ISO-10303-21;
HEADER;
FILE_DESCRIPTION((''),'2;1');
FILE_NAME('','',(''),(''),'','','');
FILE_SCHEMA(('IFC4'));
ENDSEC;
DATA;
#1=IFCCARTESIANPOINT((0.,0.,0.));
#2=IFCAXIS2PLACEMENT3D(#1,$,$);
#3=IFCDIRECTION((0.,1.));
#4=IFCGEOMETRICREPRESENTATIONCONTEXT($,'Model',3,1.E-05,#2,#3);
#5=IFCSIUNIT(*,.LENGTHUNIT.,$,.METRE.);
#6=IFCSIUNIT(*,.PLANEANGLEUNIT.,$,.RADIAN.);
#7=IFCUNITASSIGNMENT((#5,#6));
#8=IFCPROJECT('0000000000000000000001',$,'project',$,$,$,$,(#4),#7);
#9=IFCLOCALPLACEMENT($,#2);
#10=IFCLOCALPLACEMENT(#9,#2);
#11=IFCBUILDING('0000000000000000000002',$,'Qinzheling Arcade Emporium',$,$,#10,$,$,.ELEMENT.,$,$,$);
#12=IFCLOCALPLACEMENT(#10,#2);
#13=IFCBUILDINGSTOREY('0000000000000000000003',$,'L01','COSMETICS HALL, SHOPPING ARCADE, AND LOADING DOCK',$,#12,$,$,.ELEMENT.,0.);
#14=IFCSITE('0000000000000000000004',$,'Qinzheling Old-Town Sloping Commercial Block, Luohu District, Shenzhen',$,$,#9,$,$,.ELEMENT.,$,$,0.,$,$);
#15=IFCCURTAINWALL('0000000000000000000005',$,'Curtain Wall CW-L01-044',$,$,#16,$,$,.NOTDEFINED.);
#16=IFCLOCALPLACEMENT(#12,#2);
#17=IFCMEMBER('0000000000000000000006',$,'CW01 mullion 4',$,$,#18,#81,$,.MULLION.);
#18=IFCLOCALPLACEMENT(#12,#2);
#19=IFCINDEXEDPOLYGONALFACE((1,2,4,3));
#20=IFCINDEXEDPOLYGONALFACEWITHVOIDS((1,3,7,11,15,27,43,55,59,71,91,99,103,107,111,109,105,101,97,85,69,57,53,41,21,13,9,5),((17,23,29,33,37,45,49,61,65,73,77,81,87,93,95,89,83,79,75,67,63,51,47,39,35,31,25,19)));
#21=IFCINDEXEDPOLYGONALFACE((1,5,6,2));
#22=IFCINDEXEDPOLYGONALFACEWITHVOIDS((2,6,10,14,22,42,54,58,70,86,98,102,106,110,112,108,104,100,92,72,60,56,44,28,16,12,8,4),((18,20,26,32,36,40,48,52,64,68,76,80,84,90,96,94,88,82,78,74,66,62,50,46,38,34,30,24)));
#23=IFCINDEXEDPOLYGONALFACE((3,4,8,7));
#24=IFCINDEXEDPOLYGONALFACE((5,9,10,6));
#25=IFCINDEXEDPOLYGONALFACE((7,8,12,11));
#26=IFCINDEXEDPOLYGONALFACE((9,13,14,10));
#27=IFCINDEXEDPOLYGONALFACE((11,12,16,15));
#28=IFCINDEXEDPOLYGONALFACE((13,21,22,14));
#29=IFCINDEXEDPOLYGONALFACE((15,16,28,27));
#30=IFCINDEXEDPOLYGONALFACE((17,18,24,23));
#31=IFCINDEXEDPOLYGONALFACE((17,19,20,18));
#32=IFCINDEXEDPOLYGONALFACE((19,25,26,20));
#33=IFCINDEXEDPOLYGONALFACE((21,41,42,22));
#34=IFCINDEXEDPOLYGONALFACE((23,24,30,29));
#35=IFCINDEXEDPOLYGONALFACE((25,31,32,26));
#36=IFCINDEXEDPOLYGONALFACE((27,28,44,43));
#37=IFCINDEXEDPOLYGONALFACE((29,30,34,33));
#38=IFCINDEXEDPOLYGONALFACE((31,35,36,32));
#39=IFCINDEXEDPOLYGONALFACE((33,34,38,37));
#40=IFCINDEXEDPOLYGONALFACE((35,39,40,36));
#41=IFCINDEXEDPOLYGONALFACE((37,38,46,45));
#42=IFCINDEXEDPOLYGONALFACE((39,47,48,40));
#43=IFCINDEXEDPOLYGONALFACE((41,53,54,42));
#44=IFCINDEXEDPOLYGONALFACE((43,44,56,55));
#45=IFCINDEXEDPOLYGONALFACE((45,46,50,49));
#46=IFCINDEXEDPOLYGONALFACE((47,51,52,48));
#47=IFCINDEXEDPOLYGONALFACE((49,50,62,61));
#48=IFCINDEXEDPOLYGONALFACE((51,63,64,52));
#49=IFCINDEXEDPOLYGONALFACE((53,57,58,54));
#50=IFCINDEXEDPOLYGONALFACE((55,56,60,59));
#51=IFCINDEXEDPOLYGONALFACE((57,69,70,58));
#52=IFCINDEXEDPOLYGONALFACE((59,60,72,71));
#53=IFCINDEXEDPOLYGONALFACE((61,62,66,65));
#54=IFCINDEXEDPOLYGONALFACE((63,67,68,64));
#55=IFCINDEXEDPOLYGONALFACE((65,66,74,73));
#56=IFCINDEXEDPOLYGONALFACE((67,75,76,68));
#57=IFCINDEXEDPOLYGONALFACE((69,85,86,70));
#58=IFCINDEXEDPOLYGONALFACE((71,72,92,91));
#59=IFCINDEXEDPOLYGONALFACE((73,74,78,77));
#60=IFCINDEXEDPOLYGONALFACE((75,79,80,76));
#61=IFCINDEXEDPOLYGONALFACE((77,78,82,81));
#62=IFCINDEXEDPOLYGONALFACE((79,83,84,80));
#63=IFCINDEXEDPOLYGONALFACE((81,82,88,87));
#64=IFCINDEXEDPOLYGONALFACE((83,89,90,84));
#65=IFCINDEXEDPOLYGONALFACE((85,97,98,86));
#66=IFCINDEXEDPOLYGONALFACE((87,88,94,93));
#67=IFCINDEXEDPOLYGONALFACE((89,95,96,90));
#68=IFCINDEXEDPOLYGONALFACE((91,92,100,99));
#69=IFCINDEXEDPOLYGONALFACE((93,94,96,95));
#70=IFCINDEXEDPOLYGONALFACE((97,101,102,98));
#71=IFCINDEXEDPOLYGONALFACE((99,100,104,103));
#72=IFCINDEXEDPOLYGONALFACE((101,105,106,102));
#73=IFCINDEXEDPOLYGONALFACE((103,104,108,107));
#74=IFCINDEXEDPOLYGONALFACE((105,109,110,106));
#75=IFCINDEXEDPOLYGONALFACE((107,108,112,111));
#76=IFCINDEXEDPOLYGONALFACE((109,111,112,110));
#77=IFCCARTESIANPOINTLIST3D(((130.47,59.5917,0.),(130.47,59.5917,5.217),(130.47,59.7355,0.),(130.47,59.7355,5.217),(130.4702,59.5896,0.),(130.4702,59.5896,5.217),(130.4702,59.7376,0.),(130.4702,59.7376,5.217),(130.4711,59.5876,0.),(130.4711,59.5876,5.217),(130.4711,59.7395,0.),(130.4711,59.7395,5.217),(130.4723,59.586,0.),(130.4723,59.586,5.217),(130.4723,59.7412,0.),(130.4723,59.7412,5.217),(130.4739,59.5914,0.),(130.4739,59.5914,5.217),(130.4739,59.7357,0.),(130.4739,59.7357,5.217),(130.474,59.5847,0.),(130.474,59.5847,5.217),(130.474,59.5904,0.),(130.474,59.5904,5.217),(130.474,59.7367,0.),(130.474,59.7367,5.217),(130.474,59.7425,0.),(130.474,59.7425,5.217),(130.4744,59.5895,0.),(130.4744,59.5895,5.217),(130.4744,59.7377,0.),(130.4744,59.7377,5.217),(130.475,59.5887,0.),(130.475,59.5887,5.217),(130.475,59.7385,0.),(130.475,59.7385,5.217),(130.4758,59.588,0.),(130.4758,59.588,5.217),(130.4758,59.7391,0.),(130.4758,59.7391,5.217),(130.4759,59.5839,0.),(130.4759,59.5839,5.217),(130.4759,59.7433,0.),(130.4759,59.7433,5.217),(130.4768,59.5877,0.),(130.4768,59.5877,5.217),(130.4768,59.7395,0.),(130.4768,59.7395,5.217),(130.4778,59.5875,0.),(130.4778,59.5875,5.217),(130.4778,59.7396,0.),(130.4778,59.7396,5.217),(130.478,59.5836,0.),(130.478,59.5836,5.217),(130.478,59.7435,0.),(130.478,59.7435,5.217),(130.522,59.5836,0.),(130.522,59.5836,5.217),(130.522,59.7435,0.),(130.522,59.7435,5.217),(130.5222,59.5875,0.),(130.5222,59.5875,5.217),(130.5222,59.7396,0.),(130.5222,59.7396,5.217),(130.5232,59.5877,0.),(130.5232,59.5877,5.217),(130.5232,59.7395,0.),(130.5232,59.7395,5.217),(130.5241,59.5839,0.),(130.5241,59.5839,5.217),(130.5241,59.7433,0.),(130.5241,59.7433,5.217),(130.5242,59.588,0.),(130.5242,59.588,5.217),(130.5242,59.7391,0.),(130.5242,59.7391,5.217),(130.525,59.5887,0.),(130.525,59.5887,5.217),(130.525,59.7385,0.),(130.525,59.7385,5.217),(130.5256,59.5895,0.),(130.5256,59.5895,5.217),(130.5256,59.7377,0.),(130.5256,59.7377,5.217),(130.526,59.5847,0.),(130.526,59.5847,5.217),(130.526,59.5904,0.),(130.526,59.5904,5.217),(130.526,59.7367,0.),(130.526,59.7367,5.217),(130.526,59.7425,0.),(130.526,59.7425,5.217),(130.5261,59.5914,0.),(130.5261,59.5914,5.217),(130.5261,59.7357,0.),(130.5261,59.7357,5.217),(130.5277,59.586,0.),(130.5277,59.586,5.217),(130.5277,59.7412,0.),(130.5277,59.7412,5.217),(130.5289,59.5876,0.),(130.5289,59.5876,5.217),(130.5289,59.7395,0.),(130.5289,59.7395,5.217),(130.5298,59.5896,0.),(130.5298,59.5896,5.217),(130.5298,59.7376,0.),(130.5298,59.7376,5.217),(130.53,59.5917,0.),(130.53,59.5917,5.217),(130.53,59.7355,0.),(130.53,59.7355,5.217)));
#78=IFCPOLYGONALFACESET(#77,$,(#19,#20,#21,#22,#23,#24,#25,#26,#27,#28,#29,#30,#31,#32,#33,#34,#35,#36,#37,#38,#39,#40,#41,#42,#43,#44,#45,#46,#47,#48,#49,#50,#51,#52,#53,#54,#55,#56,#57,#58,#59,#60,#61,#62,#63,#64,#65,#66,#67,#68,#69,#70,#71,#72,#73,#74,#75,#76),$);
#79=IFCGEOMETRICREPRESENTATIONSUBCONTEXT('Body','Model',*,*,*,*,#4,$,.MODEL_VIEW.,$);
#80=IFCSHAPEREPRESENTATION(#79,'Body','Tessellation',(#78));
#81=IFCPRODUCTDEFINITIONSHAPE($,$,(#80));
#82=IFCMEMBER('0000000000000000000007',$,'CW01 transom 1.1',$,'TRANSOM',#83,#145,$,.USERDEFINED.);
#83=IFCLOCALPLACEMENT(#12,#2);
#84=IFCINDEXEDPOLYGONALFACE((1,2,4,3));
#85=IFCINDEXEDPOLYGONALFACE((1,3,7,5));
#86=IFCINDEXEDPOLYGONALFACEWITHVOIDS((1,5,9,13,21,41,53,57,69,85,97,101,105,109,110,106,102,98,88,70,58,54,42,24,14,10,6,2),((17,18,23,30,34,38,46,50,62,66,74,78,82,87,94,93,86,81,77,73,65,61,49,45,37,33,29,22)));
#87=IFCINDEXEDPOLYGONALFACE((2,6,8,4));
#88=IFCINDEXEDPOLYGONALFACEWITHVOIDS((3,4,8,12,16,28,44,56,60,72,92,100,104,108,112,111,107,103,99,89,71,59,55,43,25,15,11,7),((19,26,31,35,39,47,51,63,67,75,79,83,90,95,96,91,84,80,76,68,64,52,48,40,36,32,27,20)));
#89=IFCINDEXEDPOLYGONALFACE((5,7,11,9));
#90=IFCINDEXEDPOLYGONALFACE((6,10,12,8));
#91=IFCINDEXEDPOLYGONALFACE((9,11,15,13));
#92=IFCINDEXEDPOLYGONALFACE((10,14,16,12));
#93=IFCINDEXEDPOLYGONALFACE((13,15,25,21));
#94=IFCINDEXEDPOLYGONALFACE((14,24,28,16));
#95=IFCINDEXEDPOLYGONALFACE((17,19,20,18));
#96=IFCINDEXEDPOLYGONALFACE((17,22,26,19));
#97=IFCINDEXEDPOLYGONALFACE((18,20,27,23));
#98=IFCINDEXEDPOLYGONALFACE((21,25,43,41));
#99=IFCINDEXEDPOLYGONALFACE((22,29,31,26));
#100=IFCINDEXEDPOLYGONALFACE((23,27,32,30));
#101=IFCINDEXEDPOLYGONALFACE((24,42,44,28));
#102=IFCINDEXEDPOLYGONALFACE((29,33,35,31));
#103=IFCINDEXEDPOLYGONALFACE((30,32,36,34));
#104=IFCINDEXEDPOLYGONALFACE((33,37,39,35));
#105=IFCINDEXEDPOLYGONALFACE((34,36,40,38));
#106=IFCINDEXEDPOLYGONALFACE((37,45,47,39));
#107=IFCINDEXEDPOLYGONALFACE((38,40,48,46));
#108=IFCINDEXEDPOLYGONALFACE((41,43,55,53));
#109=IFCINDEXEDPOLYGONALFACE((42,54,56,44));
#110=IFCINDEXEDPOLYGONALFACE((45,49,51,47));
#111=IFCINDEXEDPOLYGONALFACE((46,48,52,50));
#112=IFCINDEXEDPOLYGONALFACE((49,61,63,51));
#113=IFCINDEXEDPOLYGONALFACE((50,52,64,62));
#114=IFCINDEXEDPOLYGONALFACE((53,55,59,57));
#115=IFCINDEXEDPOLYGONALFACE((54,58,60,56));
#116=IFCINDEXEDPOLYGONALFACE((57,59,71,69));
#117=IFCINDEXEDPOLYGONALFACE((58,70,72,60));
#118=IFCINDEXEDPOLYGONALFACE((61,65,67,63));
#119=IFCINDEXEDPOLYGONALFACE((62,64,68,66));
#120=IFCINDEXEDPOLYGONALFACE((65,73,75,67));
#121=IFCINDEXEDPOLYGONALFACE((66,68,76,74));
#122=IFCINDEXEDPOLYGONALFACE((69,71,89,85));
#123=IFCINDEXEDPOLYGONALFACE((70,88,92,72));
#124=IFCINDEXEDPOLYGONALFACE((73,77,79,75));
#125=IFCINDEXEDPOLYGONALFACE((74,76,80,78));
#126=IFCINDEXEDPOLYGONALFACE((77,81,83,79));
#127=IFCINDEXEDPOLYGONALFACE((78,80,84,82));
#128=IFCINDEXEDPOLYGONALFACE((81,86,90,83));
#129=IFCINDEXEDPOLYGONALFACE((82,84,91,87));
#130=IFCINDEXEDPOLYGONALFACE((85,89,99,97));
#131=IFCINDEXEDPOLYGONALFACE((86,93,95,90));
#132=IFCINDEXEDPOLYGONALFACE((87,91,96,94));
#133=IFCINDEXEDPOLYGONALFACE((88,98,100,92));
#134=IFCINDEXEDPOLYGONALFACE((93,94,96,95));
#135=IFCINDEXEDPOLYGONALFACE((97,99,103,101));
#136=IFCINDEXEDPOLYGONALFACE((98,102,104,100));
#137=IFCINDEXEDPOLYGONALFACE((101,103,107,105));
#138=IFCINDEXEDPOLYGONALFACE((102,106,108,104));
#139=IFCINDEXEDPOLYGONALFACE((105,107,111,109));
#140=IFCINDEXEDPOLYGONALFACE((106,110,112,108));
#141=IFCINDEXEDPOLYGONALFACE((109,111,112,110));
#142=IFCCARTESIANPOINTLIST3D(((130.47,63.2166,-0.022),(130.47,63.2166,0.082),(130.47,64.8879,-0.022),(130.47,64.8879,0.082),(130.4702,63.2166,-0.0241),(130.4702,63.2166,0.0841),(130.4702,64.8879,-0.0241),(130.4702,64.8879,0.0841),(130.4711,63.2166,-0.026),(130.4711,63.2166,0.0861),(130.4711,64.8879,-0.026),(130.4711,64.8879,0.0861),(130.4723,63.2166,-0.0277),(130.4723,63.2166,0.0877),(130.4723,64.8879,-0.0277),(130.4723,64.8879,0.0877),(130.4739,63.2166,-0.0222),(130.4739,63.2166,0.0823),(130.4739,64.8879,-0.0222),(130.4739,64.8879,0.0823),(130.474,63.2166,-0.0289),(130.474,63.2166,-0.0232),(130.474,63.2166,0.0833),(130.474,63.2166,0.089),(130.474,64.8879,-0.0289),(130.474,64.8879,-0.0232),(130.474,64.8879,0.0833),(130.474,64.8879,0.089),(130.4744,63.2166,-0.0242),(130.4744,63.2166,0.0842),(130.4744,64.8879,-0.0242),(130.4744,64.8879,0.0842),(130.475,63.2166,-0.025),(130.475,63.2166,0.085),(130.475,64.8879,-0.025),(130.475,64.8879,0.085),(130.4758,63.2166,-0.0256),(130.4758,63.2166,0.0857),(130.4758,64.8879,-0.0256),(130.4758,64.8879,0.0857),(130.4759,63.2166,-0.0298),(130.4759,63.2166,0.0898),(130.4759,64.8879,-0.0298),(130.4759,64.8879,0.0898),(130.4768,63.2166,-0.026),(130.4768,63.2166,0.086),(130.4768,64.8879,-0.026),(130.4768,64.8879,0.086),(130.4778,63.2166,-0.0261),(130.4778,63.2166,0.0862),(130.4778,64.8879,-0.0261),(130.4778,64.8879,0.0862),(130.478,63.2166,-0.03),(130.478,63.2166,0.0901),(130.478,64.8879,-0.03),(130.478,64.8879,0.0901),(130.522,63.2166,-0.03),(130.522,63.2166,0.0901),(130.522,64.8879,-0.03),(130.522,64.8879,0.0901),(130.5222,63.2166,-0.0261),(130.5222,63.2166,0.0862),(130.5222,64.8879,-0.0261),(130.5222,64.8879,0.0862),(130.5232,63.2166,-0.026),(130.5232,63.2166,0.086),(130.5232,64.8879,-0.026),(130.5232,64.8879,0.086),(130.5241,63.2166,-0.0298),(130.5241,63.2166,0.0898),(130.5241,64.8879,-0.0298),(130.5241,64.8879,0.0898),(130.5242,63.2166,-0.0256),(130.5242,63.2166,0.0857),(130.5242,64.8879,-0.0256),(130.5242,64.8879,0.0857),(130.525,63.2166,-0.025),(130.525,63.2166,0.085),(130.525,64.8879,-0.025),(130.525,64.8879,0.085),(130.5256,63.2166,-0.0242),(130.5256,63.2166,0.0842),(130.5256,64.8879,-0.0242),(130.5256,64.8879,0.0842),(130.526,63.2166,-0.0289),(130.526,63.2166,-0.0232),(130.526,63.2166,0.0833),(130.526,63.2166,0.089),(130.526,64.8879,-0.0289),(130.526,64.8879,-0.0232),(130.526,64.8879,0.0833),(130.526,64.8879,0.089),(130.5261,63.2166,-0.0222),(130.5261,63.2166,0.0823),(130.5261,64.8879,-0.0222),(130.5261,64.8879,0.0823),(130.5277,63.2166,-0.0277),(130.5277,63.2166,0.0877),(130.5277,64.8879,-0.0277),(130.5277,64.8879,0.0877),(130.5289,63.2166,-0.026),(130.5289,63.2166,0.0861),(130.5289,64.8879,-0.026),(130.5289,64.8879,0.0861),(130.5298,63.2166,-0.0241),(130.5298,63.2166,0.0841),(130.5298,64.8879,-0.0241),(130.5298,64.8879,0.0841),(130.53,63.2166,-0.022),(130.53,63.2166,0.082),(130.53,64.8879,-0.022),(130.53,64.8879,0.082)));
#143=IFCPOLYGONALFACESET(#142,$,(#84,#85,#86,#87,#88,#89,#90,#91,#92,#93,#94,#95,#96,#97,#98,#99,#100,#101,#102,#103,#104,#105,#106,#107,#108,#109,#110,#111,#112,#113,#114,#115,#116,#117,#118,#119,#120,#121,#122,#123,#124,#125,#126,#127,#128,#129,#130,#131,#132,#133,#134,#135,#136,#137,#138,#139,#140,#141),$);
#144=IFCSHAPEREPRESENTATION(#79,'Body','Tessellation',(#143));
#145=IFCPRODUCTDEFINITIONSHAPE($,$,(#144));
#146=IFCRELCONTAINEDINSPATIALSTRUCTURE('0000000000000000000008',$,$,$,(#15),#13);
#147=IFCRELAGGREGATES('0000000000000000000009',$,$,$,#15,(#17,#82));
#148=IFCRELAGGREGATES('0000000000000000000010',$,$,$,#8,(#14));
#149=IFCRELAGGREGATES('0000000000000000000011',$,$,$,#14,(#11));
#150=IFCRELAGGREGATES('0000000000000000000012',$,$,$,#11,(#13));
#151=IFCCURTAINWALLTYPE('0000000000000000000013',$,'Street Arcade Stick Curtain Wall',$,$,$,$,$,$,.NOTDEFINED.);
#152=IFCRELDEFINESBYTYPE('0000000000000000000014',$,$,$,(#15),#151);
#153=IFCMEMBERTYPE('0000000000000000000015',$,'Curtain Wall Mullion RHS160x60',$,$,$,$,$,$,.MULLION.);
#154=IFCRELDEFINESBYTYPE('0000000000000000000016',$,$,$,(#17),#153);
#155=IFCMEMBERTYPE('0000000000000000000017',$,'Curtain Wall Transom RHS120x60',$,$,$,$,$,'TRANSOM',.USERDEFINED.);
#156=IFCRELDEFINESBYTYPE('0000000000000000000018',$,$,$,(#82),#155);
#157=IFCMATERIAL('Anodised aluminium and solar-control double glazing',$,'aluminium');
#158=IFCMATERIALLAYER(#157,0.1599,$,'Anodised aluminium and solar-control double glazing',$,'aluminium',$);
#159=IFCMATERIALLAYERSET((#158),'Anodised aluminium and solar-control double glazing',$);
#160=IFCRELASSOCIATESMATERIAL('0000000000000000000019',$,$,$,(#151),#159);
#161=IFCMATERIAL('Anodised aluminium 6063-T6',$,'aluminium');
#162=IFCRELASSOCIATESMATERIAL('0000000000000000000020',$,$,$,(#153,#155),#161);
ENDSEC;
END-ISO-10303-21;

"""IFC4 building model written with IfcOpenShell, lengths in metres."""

from ifc_helpers import new_model, si_unit, direction, frame, origin, origin_2d, place, context, subcontext, project, spatial, hollow_rectangle, extrude, material, layer, layer_set, material_profile, profile_set, type_object, element, aggregate, save


model = new_model("IFC4")

# Units and contexts
model_context = context("Model", 3, precision=1e-05, world=origin(), true_north=direction((0.0, 1.0)))
body_context = subcontext(model_context, "Body", "Model", "MODEL_VIEW")
ifc_project = project(units=[si_unit("LENGTHUNIT", "METRE"), si_unit("PLANEANGLEUNIT", "RADIAN")], contexts=[model_context])

# Site, building, storey
site_placement = place(None, origin())
site = spatial("IfcSite", under=ifc_project, at=site_placement, Name="Qinzheling Old-Town Sloping Commercial Block, Luohu District, Shenzhen", CompositionType="ELEMENT", RefElevation=0.0)
building_placement = place(site_placement, origin())
building = spatial("IfcBuilding", under=site, at=building_placement, Name="Qinzheling Arcade Emporium", CompositionType="ELEMENT")
storey_placement = place(building_placement, origin())
storey = spatial("IfcBuildingStorey", under=building, at=storey_placement, Name="L01", Description="COSMETICS HALL, SHOPPING ARCADE, AND LOADING DOCK", CompositionType="ELEMENT", Elevation=0.0)

# Shared definitions
ifc_material_1 = material(Name="Anodised aluminium and solar-control double glazing", Category="aluminium")
ifc_layer_1 = layer(ifc_material_1, 0.1599, Name="Anodised aluminium and solar-control double glazing", Category="aluminium")
ifc_layer_set_1 = layer_set([ifc_layer_1], Name="Anodised aluminium and solar-control double glazing")
curtain_wall_type = type_object("IfcCurtainWallType", Name="Street Arcade Stick Curtain Wall", PredefinedType="NOTDEFINED", material=ifc_layer_set_1)
ifc_material_2 = material(Name="Anodised aluminium 6063-T6", Category="aluminium")
ifc_material_profile_1 = material_profile(ifc_material_2, hollow_rectangle(XDim=0.0601, YDim=0.1599, WallThickness=0.0039, InnerFilletRadius=0.0039, OuterFilletRadius=0.0081, at=origin_2d()), Name="RHS 160x60x4", Category="aluminium")
ifc_profile_set_1 = profile_set([ifc_material_profile_1], Name="Anodised aluminium 6063-T6")
member_type_1 = type_object("IfcMemberType", Name="Curtain Wall Mullion RHS160x60", PredefinedType="MULLION", material=ifc_profile_set_1)

# Curtain wall, members
curtain_wall_1_placement = place(storey_placement, origin())
curtain_wall_1 = element("IfcCurtainWall", 1, at=curtain_wall_1_placement, inside=storey, type_object=curtain_wall_type, Name="Curtain Wall CW-L01-044", PredefinedType="NOTDEFINED")
member_1_placement = place(storey_placement, frame((130.5, 59.6636, 0.0), z_axis=(0.0, 0.0, 1.0), x_axis=(1.0, 0.0, 0.0)))
member_1 = element("IfcMember", 2, at=member_1_placement, type_object=member_type_1, Name="CW01 mullion 4", PredefinedType="MULLION", context=body_context, shape_type="SweptSolid", body=[
    extrude(hollow_rectangle(XDim=0.0601, YDim=0.1599, WallThickness=0.0039, InnerFilletRadius=0.0039, OuterFilletRadius=0.0081, at=origin_2d()), origin(), (0.0, 0.0, 1.0), 5.217),
])
ifc_material_profile_2 = material_profile(ifc_material_2, hollow_rectangle(XDim=0.0601, YDim=0.1201, WallThickness=0.0039, InnerFilletRadius=0.0039, OuterFilletRadius=0.0081, at=origin_2d()), Name="RHS 120x60x4", Category="aluminium")
ifc_profile_set_2 = profile_set([ifc_material_profile_2], Name="Anodised aluminium 6063-T6")
member_type_2 = type_object("IfcMemberType", Name="Curtain Wall Transom RHS120x60", ElementType="TRANSOM", PredefinedType="USERDEFINED", material=ifc_profile_set_2)
member_2_placement = place(storey_placement, frame((130.5, 64.8879, 0.03), z_axis=(0.0, -1.0, 0.0), x_axis=(1.0, 0.0, 0.0)))
member_2 = element("IfcMember", 3, at=member_2_placement, type_object=member_type_2, Name="CW01 transom 1.1", ObjectType="TRANSOM", PredefinedType="USERDEFINED", context=body_context, shape_type="SweptSolid", body=[
    extrude(hollow_rectangle(XDim=0.0601, YDim=0.1201, WallThickness=0.0039, InnerFilletRadius=0.0039, OuterFilletRadius=0.0081, at=origin_2d()), origin(), (0.0, 0.0, 1.0), 1.6714),
])

aggregate(curtain_wall_1, [member_1, member_2])

save(model, "model.ifc")
